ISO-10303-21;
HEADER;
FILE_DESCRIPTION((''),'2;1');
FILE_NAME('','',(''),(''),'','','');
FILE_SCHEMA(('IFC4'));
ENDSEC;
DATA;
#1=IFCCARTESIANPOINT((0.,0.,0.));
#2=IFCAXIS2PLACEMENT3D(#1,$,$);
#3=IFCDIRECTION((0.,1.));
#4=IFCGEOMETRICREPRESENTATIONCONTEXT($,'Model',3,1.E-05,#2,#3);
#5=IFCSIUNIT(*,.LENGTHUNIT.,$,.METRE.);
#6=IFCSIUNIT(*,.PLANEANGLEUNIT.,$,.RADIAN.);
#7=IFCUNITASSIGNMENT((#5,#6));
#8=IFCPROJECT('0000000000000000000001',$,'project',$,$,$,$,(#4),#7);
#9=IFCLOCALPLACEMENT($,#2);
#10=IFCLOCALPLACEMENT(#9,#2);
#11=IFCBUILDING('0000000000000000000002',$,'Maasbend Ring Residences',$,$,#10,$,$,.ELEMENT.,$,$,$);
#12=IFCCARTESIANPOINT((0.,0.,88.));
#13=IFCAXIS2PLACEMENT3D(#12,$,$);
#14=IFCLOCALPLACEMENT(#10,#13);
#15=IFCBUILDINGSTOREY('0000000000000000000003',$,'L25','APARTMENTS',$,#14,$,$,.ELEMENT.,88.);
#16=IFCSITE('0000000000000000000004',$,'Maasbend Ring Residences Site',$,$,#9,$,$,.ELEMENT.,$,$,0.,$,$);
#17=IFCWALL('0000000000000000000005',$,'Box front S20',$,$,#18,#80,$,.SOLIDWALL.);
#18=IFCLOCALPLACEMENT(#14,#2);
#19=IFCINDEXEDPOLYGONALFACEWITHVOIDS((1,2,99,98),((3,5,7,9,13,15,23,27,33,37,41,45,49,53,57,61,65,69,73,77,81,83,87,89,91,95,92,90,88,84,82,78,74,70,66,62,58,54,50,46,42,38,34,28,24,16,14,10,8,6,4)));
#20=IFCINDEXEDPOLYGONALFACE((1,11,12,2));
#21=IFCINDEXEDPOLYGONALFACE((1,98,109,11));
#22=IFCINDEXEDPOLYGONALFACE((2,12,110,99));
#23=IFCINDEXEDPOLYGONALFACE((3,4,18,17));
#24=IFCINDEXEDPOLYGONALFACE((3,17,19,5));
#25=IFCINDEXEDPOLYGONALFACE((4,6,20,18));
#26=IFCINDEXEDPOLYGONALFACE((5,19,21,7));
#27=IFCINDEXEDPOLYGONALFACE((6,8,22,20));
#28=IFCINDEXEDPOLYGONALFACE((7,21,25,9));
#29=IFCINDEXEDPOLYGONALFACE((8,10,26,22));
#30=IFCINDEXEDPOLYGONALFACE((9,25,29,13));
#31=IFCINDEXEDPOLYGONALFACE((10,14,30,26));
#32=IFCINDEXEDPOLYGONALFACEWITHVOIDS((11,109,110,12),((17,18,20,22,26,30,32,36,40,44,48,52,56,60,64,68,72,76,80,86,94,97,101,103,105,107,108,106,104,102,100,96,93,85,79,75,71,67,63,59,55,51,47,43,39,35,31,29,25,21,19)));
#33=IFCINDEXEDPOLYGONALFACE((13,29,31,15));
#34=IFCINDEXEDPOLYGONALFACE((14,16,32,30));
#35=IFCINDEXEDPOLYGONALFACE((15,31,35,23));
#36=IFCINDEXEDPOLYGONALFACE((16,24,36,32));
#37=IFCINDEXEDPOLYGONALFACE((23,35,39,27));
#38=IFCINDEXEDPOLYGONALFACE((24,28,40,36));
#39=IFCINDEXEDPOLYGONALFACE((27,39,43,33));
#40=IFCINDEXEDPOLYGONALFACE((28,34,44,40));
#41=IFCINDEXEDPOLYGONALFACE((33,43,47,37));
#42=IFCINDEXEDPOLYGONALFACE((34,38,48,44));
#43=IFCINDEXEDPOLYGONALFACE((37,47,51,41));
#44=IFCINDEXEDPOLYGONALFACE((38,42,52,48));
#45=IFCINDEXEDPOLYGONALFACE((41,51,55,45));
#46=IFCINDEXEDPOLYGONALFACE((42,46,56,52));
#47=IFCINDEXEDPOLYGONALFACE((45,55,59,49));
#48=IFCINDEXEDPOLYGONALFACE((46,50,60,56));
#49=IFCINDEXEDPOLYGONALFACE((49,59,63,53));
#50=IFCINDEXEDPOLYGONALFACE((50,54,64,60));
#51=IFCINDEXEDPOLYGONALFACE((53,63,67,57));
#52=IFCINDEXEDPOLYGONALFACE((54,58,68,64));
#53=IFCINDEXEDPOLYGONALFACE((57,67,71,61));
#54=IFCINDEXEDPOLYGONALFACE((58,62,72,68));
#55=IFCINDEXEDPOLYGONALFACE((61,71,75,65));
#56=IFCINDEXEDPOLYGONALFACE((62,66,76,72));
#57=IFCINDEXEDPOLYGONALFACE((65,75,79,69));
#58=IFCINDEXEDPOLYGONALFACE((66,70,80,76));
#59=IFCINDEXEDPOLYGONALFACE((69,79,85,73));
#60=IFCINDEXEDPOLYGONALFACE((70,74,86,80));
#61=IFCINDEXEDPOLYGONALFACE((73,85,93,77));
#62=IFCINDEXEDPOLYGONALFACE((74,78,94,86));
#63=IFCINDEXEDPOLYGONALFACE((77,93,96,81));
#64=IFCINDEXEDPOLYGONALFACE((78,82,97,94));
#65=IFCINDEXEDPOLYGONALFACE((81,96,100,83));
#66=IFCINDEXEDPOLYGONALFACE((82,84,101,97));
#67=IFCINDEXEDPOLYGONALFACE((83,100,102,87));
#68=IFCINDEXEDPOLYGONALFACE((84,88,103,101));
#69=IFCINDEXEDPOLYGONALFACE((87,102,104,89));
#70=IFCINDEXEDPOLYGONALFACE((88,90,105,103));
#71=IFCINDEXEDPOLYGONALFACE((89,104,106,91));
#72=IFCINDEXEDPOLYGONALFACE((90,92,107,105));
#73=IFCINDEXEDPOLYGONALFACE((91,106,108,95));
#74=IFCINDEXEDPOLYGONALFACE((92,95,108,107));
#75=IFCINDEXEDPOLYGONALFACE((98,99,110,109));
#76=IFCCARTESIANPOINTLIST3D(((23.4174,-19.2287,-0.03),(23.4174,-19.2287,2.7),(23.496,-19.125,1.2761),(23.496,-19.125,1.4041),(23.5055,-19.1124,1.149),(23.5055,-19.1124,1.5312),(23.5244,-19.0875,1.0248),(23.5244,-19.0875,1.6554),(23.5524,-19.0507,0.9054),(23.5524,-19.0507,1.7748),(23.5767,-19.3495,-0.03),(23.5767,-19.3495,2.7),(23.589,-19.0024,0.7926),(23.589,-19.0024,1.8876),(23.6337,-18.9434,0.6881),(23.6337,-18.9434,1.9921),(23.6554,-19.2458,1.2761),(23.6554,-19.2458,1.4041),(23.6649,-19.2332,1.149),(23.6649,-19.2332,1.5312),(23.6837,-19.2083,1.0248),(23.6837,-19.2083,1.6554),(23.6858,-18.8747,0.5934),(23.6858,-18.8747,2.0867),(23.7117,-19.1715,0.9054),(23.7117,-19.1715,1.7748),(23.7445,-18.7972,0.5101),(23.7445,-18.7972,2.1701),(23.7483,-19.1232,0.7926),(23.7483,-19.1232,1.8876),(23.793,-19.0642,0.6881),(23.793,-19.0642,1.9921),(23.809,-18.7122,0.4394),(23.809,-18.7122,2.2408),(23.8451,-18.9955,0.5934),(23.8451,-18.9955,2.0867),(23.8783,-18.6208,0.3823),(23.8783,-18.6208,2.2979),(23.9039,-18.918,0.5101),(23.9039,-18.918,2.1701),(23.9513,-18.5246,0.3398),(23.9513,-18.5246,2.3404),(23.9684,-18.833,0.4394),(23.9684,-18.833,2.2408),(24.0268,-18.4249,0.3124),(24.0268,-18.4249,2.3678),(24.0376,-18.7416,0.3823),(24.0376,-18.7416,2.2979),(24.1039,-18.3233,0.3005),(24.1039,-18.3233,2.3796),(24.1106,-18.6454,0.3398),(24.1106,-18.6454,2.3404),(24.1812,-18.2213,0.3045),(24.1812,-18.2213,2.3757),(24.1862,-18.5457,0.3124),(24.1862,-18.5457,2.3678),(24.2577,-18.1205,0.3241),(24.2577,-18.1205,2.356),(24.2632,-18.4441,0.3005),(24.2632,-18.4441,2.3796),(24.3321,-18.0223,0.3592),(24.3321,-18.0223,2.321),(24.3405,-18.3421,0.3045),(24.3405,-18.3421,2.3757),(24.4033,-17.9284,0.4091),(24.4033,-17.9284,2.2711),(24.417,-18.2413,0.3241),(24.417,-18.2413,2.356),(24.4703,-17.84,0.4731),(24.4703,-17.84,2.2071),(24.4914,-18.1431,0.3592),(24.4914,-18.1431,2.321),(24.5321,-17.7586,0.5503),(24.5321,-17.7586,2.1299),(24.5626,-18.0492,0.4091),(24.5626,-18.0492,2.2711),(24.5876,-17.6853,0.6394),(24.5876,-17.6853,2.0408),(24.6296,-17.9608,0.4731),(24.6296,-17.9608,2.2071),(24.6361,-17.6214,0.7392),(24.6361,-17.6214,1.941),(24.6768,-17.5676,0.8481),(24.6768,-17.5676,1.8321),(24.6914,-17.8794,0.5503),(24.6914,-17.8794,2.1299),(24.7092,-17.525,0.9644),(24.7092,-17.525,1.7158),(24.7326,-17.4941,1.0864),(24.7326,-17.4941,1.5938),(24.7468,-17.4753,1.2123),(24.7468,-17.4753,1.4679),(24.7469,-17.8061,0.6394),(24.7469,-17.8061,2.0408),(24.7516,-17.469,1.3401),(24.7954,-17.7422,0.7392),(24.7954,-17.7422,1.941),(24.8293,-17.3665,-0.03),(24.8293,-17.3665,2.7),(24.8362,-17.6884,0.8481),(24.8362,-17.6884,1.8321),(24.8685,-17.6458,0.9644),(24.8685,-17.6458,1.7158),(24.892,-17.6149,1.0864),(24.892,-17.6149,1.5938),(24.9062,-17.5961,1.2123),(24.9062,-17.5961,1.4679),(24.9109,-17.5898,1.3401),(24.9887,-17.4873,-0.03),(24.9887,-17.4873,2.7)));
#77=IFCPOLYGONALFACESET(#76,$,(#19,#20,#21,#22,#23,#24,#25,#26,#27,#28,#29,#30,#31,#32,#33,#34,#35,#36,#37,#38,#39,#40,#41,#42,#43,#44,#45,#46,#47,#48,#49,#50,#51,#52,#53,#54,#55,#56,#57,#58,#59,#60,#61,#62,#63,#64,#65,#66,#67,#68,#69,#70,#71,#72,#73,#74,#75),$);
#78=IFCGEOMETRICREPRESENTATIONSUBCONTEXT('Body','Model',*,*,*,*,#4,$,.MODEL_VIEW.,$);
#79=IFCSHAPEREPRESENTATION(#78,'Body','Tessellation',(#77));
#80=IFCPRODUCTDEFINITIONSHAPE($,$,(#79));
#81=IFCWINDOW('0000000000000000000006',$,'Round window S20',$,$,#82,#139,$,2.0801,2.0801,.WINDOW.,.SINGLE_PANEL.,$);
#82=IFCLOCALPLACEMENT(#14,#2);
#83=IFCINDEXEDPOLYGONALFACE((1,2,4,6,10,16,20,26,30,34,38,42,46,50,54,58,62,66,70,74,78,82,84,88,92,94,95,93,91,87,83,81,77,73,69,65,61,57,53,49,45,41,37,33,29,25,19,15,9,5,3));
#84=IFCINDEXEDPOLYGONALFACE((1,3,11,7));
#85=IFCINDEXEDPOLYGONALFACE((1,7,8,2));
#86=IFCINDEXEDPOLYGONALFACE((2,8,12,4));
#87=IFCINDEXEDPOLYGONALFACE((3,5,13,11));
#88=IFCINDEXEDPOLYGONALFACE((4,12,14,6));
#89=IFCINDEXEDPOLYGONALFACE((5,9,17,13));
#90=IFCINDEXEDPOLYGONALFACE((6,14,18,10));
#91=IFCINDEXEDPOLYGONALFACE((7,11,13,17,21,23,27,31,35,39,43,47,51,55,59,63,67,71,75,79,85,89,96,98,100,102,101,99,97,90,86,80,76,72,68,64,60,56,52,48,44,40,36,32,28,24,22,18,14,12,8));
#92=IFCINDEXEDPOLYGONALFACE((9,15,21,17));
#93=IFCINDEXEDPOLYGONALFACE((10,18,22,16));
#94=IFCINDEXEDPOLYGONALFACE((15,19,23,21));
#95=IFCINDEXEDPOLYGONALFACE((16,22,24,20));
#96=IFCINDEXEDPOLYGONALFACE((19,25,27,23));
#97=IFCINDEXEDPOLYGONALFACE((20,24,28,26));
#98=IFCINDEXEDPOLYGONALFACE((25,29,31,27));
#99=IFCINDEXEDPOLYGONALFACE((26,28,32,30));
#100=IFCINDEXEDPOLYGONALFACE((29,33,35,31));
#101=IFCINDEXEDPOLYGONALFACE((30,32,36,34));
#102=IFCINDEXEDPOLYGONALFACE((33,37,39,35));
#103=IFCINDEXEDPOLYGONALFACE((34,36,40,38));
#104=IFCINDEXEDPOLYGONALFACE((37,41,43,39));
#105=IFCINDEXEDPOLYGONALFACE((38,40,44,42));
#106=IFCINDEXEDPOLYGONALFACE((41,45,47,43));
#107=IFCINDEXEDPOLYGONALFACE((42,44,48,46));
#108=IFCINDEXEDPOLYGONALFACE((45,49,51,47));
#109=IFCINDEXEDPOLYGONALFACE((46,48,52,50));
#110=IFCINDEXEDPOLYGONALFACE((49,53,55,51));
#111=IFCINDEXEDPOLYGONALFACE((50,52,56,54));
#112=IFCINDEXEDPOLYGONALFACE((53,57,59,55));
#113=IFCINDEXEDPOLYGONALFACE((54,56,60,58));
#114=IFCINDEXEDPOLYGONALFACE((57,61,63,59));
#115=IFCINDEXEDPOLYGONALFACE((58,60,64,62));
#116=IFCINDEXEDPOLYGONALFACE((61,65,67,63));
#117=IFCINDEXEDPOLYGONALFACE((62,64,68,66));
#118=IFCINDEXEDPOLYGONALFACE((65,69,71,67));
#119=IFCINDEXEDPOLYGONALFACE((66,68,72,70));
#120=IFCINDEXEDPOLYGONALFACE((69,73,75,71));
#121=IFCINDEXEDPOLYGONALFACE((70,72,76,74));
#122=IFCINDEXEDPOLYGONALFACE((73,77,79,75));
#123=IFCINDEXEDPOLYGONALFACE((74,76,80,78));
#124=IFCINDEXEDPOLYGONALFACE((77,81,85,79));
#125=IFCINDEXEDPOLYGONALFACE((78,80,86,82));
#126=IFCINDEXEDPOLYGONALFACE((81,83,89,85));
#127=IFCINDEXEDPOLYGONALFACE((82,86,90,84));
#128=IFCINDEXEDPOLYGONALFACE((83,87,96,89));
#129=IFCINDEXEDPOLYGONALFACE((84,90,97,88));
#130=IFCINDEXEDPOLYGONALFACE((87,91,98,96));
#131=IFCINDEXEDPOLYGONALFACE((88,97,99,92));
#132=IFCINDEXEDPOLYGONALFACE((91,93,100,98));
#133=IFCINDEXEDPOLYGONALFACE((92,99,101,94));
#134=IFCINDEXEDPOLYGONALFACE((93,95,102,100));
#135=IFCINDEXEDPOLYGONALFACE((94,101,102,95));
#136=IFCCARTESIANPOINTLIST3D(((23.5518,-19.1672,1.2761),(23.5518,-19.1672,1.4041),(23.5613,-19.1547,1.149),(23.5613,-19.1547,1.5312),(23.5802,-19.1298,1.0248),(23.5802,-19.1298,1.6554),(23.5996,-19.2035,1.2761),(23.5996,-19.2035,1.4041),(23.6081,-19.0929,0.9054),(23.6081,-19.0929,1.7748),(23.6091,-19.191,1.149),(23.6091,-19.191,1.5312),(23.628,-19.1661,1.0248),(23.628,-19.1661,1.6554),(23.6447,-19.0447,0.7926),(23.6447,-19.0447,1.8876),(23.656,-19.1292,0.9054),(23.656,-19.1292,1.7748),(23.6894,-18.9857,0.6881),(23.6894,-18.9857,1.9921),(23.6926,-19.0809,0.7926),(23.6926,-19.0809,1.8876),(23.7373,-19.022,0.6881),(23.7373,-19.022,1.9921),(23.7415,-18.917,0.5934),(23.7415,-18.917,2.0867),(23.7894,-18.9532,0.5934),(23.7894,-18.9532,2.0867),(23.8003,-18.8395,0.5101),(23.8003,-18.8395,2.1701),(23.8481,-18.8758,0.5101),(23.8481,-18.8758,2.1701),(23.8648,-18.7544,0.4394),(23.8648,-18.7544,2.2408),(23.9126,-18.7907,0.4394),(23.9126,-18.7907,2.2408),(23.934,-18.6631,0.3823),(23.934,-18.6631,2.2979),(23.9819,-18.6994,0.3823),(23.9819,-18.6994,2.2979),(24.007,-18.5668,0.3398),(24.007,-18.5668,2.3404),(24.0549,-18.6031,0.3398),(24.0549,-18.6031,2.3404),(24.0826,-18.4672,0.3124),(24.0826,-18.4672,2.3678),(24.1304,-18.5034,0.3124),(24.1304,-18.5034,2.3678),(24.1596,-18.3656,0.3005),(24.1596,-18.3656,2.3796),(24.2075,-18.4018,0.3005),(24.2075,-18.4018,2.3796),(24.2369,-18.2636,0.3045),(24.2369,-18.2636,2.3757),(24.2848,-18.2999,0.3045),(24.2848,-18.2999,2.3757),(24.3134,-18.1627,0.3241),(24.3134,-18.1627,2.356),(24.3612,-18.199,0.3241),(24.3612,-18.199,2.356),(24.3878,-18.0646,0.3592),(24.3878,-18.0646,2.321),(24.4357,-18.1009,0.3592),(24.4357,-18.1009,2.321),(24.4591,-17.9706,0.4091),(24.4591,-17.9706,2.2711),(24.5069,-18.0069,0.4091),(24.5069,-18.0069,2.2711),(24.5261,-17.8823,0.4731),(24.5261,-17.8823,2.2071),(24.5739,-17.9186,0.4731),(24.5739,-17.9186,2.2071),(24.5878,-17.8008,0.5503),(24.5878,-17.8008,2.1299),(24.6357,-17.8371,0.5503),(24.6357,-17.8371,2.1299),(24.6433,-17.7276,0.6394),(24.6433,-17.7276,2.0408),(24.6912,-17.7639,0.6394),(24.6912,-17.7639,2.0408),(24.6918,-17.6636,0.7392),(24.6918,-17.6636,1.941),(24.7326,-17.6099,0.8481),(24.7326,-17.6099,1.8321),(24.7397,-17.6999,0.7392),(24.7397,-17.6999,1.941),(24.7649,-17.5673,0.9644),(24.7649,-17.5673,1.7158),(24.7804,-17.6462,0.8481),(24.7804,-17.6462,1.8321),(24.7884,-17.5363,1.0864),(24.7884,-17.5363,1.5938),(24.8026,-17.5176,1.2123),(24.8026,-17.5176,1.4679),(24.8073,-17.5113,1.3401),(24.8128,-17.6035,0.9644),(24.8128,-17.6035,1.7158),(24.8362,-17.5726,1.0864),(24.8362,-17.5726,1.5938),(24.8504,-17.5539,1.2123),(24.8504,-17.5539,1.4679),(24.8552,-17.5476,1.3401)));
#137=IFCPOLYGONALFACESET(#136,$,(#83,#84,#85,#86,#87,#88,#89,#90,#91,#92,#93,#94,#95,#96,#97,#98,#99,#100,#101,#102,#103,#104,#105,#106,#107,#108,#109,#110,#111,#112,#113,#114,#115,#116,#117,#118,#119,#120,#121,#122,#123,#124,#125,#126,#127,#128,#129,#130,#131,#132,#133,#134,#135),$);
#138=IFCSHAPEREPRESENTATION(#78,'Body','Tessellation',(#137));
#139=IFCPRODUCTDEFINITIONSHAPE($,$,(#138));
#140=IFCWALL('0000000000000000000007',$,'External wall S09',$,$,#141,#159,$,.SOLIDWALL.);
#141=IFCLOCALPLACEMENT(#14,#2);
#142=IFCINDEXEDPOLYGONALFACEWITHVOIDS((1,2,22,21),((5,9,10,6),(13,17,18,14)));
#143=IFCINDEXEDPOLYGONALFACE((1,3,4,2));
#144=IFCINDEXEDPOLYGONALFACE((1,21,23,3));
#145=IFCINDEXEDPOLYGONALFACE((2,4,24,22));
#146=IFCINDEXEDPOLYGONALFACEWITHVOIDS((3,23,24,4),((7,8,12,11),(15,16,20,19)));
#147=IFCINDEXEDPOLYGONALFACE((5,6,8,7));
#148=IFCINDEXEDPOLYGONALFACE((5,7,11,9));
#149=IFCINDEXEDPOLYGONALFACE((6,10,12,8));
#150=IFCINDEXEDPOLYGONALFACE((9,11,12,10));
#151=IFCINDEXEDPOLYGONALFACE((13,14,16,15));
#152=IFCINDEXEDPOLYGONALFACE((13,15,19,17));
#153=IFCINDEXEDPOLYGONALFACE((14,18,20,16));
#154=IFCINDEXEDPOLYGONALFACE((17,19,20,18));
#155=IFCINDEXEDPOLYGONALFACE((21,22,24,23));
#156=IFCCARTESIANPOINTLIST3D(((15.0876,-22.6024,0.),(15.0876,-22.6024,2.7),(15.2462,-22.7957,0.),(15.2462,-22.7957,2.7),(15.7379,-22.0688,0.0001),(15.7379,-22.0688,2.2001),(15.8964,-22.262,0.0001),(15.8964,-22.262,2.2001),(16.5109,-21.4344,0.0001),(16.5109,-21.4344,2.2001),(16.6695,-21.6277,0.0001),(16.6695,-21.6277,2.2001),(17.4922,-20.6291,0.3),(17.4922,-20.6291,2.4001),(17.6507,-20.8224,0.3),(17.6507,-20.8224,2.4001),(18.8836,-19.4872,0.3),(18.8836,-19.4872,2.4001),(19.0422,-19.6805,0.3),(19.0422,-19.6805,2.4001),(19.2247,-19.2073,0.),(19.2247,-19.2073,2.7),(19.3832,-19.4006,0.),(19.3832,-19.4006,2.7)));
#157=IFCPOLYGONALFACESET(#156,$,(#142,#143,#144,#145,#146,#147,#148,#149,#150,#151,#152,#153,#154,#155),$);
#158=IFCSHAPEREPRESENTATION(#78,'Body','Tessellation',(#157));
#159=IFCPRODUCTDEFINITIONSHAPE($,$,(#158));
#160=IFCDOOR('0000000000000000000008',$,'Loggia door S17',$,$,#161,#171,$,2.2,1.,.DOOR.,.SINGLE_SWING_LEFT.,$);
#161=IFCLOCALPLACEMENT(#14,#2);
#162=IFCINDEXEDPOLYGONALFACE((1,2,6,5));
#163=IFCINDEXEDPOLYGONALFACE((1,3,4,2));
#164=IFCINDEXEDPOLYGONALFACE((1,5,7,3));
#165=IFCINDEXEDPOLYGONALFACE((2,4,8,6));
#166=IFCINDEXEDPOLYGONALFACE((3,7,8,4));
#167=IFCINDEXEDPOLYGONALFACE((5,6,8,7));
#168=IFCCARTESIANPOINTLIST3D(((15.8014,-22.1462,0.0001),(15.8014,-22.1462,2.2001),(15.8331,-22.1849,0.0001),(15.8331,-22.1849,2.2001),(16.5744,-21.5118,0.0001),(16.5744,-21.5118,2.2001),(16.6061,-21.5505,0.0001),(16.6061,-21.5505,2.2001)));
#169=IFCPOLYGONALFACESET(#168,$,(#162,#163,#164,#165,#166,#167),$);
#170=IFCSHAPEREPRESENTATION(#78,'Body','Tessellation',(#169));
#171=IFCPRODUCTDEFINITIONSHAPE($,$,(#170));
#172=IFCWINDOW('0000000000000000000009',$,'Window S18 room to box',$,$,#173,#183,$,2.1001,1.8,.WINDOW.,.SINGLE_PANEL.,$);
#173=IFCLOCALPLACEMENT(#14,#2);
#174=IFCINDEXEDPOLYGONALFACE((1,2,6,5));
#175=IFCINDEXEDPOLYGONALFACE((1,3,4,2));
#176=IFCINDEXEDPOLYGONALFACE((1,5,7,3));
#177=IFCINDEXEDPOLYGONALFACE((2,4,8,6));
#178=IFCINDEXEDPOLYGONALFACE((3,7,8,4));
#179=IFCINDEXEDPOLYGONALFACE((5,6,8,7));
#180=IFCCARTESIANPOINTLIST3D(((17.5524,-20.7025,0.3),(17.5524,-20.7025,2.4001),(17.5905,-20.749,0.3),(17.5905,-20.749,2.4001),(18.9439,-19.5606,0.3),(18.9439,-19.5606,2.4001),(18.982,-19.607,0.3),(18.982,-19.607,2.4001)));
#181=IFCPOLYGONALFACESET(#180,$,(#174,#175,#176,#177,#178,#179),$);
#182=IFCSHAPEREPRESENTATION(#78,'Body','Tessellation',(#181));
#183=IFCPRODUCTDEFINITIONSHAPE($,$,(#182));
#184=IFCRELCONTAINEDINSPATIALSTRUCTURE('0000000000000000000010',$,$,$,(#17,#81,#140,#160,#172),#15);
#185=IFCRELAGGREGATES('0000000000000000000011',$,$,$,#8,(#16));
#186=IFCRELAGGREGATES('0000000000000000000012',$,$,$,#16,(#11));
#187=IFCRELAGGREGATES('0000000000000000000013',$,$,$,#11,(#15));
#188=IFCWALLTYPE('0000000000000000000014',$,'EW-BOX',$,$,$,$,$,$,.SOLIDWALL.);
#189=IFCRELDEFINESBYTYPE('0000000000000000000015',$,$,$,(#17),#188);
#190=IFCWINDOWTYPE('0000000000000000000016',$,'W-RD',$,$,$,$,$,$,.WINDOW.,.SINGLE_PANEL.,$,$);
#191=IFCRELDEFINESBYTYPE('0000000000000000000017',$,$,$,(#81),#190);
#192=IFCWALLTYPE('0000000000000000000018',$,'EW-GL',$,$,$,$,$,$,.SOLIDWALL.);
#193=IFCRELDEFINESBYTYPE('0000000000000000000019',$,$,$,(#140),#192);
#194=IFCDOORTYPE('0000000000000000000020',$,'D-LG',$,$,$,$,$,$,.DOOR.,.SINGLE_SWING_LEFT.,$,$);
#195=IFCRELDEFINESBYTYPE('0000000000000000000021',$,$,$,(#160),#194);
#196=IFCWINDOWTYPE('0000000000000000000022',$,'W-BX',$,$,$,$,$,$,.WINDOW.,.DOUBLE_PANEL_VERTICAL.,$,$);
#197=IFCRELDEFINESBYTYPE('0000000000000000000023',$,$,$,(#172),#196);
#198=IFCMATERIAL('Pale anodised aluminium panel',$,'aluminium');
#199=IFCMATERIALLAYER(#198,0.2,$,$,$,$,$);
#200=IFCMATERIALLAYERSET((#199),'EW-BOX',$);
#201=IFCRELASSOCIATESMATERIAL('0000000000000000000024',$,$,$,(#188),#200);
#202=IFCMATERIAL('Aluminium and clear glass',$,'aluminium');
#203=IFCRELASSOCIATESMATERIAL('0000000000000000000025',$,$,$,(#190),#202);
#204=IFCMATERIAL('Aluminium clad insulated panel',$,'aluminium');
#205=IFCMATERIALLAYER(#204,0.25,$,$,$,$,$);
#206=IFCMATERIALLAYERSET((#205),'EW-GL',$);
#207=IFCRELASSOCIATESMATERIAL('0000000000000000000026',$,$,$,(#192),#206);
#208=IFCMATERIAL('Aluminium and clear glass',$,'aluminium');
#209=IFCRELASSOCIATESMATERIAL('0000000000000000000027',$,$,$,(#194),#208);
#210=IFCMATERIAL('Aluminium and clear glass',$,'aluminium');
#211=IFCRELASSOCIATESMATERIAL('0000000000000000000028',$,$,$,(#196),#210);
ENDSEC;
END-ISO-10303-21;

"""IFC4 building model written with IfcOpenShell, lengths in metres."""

from ifc_helpers import new_model, si_unit, direction, frame, frame_2d, origin, place, context, subcontext, project, spatial, rectangle, circle, extrude, material, layer, layer_set, type_object, element, fill, save


model = new_model("IFC4")

# Units and contexts
model_context = context("Model", 3, precision=1e-05, world=origin(), true_north=direction((0.0, 1.0)))
body_context = subcontext(model_context, "Body", "Model", "MODEL_VIEW")
ifc_project = project(units=[si_unit("LENGTHUNIT", "METRE"), si_unit("PLANEANGLEUNIT", "RADIAN")], contexts=[model_context])

# Site, building, storey
site_placement = place(None, origin())
site = spatial("IfcSite", under=ifc_project, at=site_placement, Name="Maasbend Ring Residences Site", CompositionType="ELEMENT", RefElevation=0.0)
building_placement = place(site_placement, origin())
building = spatial("IfcBuilding", under=site, at=building_placement, Name="Maasbend Ring Residences", CompositionType="ELEMENT")
storey_placement = place(building_placement, frame((0.0, 0.0, 88.0)))
storey = spatial("IfcBuildingStorey", under=building, at=storey_placement, Name="L25", Description="APARTMENTS", CompositionType="ELEMENT", Elevation=88.0)

# Shared definitions
ifc_material_1 = material(Name="Pale anodised aluminium panel", Category="aluminium")
ifc_layer_1 = layer(ifc_material_1, 0.2)
ifc_layer_set_1 = layer_set([ifc_layer_1], Name="EW-BOX")
wall_type_1 = type_object("IfcWallType", Name="EW-BOX", PredefinedType="SOLIDWALL", material=ifc_layer_set_1)
ifc_material_2 = material(Name="Aluminium and clear glass", Category="aluminium")
window_type_1 = type_object("IfcWindowType", Name="W-RD", PartitioningType="SINGLE_PANEL", PredefinedType="WINDOW", material=ifc_material_2)

# Wall, opening, window
wall_1_placement = place(storey_placement, frame((23.4971, -19.2891, -0.03), z_axis=(0.0, 0.0, 1.0), x_axis=(0.604188, 0.796842, 0.0)))
wall_1 = element("IfcWall", 1, at=wall_1_placement, inside=storey, type_object=wall_type_1, Name="Box front S20", PredefinedType="SOLIDWALL", context=body_context, shape_type="SweptSolid", body=[
    extrude(rectangle(XDim=2.3369, YDim=0.2, at=frame_2d((1.1685, 0.0))), origin(), (0.0, 0.0, 1.0), 2.73),
])
opening_1_placement = place(wall_1_placement, frame((0.1282, 0.0, 0.3301)))
opening_1 = element("IfcOpeningElement", 2, at=opening_1_placement, cuts=wall_1, PredefinedType="OPENING", context=body_context, shape_type="SweptSolid", body=[
    extrude(circle(Radius=1.04, at=frame_2d((1.04, 1.04))), frame((0.0, 0.1099, 0.0), z_axis=(0.0, -1.0, 0.0), x_axis=(1.0, 0.0, 0.0)), (0.0, 0.0, 1.0), 0.22),
])
window_1_placement = place(opening_1_placement, origin())
window_1 = element("IfcWindow", 3, at=window_1_placement, inside=storey, type_object=window_type_1, Name="Round window S20", OverallHeight=2.0801, OverallWidth=2.0801, PartitioningType="SINGLE_PANEL", PredefinedType="WINDOW", context=body_context, shape_type="SweptSolid", body=[
    extrude(circle(Radius=1.04, at=frame_2d((1.04, 1.04))), frame((0.0, 0.03, 0.0), z_axis=(0.0, -1.0, 0.0), x_axis=(1.0, 0.0, 0.0)), (0.0, 0.0, 1.0), 0.0601),
])
fill(opening_1, window_1)

# Wall, openings, door, window
ifc_material_3 = material(Name="Aluminium clad insulated panel", Category="aluminium")
ifc_layer_2 = layer(ifc_material_3, 0.25)
ifc_layer_set_2 = layer_set([ifc_layer_2], Name="EW-GL")
wall_type_2 = type_object("IfcWallType", Name="EW-GL", PredefinedType="SOLIDWALL", material=ifc_layer_set_2)
wall_2_placement = place(storey_placement, frame((15.167, -22.699, 0.0), z_axis=(0.0, 0.0, 1.0), x_axis=(0.773019, 0.634382, 0.0)))
wall_2 = element("IfcWall", 4, at=wall_2_placement, inside=storey, type_object=wall_type_2, Name="External wall S09", PredefinedType="SOLIDWALL", context=body_context, shape_type="SweptSolid", body=[
    extrude(rectangle(XDim=5.3518, YDim=0.25, at=frame_2d((2.6758, 0.0))), origin(), (0.0, 0.0, 1.0), 2.7),
])
opening_2_placement = place(wall_2_placement, frame((0.8411, 0.0, 0.0)))
opening_2 = element("IfcOpeningElement", 5, at=opening_2_placement, cuts=wall_2, PredefinedType="OPENING", context=body_context, shape_type="SweptSolid", body=[
    extrude(rectangle(XDim=1.0, YDim=2.2, at=frame_2d((0.5, 1.1001))), frame((0.0, 0.135, 0.0), z_axis=(0.0, -1.0, 0.0), x_axis=(1.0, 0.0, 0.0)), (0.0, 0.0, 1.0), 0.27),
])
opening_3_placement = place(wall_2_placement, frame((3.1106, 0.0, 0.3)))
opening_3 = element("IfcOpeningElement", 6, at=opening_3_placement, cuts=wall_2, PredefinedType="OPENING", context=body_context, shape_type="SweptSolid", body=[
    extrude(rectangle(XDim=1.8, YDim=2.1001, at=frame_2d((0.8999, 1.05))), frame((0.0, 0.135, 0.0), z_axis=(0.0, -1.0, 0.0), x_axis=(1.0, 0.0, 0.0)), (0.0, 0.0, 1.0), 0.27),
])
ifc_material_4 = material(Name="Aluminium and clear glass", Category="aluminium")
door_type = type_object("IfcDoorType", Name="D-LG", OperationType="SINGLE_SWING_LEFT", PredefinedType="DOOR", material=ifc_material_4)
door_1_placement = place(opening_2_placement, origin())
door_1 = element("IfcDoor", 7, at=door_1_placement, inside=storey, type_object=door_type, Name="Loggia door S17", OperationType="SINGLE_SWING_LEFT", OverallHeight=2.2, OverallWidth=1.0, PredefinedType="DOOR", context=body_context, shape_type="SweptSolid", body=[
    extrude(rectangle(XDim=1.0, YDim=2.2, at=frame_2d((0.5, 1.1001))), frame((0.0, 0.0249, 0.0), z_axis=(0.0, -1.0, 0.0), x_axis=(1.0, 0.0, 0.0)), (0.0, 0.0, 1.0), 0.05),
])
fill(opening_2, door_1)
ifc_material_5 = material(Name="Aluminium and clear glass", Category="aluminium")
window_type_2 = type_object("IfcWindowType", Name="W-BX", PartitioningType="DOUBLE_PANEL_VERTICAL", PredefinedType="WINDOW", material=ifc_material_5)
window_2_placement = place(opening_3_placement, origin())
window_2 = element("IfcWindow", 8, at=window_2_placement, inside=storey, type_object=window_type_2, Name="Window S18 room to box", OverallHeight=2.1001, OverallWidth=1.8, PartitioningType="SINGLE_PANEL", PredefinedType="WINDOW", context=body_context, shape_type="SweptSolid", body=[
    extrude(rectangle(XDim=1.8, YDim=2.1001, at=frame_2d((0.8999, 1.05))), frame((0.0, 0.03, 0.0), z_axis=(0.0, -1.0, 0.0), x_axis=(1.0, 0.0, 0.0)), (0.0, 0.0, 1.0), 0.0601),
])
fill(opening_3, window_2)

save(model, "model.ifc")
